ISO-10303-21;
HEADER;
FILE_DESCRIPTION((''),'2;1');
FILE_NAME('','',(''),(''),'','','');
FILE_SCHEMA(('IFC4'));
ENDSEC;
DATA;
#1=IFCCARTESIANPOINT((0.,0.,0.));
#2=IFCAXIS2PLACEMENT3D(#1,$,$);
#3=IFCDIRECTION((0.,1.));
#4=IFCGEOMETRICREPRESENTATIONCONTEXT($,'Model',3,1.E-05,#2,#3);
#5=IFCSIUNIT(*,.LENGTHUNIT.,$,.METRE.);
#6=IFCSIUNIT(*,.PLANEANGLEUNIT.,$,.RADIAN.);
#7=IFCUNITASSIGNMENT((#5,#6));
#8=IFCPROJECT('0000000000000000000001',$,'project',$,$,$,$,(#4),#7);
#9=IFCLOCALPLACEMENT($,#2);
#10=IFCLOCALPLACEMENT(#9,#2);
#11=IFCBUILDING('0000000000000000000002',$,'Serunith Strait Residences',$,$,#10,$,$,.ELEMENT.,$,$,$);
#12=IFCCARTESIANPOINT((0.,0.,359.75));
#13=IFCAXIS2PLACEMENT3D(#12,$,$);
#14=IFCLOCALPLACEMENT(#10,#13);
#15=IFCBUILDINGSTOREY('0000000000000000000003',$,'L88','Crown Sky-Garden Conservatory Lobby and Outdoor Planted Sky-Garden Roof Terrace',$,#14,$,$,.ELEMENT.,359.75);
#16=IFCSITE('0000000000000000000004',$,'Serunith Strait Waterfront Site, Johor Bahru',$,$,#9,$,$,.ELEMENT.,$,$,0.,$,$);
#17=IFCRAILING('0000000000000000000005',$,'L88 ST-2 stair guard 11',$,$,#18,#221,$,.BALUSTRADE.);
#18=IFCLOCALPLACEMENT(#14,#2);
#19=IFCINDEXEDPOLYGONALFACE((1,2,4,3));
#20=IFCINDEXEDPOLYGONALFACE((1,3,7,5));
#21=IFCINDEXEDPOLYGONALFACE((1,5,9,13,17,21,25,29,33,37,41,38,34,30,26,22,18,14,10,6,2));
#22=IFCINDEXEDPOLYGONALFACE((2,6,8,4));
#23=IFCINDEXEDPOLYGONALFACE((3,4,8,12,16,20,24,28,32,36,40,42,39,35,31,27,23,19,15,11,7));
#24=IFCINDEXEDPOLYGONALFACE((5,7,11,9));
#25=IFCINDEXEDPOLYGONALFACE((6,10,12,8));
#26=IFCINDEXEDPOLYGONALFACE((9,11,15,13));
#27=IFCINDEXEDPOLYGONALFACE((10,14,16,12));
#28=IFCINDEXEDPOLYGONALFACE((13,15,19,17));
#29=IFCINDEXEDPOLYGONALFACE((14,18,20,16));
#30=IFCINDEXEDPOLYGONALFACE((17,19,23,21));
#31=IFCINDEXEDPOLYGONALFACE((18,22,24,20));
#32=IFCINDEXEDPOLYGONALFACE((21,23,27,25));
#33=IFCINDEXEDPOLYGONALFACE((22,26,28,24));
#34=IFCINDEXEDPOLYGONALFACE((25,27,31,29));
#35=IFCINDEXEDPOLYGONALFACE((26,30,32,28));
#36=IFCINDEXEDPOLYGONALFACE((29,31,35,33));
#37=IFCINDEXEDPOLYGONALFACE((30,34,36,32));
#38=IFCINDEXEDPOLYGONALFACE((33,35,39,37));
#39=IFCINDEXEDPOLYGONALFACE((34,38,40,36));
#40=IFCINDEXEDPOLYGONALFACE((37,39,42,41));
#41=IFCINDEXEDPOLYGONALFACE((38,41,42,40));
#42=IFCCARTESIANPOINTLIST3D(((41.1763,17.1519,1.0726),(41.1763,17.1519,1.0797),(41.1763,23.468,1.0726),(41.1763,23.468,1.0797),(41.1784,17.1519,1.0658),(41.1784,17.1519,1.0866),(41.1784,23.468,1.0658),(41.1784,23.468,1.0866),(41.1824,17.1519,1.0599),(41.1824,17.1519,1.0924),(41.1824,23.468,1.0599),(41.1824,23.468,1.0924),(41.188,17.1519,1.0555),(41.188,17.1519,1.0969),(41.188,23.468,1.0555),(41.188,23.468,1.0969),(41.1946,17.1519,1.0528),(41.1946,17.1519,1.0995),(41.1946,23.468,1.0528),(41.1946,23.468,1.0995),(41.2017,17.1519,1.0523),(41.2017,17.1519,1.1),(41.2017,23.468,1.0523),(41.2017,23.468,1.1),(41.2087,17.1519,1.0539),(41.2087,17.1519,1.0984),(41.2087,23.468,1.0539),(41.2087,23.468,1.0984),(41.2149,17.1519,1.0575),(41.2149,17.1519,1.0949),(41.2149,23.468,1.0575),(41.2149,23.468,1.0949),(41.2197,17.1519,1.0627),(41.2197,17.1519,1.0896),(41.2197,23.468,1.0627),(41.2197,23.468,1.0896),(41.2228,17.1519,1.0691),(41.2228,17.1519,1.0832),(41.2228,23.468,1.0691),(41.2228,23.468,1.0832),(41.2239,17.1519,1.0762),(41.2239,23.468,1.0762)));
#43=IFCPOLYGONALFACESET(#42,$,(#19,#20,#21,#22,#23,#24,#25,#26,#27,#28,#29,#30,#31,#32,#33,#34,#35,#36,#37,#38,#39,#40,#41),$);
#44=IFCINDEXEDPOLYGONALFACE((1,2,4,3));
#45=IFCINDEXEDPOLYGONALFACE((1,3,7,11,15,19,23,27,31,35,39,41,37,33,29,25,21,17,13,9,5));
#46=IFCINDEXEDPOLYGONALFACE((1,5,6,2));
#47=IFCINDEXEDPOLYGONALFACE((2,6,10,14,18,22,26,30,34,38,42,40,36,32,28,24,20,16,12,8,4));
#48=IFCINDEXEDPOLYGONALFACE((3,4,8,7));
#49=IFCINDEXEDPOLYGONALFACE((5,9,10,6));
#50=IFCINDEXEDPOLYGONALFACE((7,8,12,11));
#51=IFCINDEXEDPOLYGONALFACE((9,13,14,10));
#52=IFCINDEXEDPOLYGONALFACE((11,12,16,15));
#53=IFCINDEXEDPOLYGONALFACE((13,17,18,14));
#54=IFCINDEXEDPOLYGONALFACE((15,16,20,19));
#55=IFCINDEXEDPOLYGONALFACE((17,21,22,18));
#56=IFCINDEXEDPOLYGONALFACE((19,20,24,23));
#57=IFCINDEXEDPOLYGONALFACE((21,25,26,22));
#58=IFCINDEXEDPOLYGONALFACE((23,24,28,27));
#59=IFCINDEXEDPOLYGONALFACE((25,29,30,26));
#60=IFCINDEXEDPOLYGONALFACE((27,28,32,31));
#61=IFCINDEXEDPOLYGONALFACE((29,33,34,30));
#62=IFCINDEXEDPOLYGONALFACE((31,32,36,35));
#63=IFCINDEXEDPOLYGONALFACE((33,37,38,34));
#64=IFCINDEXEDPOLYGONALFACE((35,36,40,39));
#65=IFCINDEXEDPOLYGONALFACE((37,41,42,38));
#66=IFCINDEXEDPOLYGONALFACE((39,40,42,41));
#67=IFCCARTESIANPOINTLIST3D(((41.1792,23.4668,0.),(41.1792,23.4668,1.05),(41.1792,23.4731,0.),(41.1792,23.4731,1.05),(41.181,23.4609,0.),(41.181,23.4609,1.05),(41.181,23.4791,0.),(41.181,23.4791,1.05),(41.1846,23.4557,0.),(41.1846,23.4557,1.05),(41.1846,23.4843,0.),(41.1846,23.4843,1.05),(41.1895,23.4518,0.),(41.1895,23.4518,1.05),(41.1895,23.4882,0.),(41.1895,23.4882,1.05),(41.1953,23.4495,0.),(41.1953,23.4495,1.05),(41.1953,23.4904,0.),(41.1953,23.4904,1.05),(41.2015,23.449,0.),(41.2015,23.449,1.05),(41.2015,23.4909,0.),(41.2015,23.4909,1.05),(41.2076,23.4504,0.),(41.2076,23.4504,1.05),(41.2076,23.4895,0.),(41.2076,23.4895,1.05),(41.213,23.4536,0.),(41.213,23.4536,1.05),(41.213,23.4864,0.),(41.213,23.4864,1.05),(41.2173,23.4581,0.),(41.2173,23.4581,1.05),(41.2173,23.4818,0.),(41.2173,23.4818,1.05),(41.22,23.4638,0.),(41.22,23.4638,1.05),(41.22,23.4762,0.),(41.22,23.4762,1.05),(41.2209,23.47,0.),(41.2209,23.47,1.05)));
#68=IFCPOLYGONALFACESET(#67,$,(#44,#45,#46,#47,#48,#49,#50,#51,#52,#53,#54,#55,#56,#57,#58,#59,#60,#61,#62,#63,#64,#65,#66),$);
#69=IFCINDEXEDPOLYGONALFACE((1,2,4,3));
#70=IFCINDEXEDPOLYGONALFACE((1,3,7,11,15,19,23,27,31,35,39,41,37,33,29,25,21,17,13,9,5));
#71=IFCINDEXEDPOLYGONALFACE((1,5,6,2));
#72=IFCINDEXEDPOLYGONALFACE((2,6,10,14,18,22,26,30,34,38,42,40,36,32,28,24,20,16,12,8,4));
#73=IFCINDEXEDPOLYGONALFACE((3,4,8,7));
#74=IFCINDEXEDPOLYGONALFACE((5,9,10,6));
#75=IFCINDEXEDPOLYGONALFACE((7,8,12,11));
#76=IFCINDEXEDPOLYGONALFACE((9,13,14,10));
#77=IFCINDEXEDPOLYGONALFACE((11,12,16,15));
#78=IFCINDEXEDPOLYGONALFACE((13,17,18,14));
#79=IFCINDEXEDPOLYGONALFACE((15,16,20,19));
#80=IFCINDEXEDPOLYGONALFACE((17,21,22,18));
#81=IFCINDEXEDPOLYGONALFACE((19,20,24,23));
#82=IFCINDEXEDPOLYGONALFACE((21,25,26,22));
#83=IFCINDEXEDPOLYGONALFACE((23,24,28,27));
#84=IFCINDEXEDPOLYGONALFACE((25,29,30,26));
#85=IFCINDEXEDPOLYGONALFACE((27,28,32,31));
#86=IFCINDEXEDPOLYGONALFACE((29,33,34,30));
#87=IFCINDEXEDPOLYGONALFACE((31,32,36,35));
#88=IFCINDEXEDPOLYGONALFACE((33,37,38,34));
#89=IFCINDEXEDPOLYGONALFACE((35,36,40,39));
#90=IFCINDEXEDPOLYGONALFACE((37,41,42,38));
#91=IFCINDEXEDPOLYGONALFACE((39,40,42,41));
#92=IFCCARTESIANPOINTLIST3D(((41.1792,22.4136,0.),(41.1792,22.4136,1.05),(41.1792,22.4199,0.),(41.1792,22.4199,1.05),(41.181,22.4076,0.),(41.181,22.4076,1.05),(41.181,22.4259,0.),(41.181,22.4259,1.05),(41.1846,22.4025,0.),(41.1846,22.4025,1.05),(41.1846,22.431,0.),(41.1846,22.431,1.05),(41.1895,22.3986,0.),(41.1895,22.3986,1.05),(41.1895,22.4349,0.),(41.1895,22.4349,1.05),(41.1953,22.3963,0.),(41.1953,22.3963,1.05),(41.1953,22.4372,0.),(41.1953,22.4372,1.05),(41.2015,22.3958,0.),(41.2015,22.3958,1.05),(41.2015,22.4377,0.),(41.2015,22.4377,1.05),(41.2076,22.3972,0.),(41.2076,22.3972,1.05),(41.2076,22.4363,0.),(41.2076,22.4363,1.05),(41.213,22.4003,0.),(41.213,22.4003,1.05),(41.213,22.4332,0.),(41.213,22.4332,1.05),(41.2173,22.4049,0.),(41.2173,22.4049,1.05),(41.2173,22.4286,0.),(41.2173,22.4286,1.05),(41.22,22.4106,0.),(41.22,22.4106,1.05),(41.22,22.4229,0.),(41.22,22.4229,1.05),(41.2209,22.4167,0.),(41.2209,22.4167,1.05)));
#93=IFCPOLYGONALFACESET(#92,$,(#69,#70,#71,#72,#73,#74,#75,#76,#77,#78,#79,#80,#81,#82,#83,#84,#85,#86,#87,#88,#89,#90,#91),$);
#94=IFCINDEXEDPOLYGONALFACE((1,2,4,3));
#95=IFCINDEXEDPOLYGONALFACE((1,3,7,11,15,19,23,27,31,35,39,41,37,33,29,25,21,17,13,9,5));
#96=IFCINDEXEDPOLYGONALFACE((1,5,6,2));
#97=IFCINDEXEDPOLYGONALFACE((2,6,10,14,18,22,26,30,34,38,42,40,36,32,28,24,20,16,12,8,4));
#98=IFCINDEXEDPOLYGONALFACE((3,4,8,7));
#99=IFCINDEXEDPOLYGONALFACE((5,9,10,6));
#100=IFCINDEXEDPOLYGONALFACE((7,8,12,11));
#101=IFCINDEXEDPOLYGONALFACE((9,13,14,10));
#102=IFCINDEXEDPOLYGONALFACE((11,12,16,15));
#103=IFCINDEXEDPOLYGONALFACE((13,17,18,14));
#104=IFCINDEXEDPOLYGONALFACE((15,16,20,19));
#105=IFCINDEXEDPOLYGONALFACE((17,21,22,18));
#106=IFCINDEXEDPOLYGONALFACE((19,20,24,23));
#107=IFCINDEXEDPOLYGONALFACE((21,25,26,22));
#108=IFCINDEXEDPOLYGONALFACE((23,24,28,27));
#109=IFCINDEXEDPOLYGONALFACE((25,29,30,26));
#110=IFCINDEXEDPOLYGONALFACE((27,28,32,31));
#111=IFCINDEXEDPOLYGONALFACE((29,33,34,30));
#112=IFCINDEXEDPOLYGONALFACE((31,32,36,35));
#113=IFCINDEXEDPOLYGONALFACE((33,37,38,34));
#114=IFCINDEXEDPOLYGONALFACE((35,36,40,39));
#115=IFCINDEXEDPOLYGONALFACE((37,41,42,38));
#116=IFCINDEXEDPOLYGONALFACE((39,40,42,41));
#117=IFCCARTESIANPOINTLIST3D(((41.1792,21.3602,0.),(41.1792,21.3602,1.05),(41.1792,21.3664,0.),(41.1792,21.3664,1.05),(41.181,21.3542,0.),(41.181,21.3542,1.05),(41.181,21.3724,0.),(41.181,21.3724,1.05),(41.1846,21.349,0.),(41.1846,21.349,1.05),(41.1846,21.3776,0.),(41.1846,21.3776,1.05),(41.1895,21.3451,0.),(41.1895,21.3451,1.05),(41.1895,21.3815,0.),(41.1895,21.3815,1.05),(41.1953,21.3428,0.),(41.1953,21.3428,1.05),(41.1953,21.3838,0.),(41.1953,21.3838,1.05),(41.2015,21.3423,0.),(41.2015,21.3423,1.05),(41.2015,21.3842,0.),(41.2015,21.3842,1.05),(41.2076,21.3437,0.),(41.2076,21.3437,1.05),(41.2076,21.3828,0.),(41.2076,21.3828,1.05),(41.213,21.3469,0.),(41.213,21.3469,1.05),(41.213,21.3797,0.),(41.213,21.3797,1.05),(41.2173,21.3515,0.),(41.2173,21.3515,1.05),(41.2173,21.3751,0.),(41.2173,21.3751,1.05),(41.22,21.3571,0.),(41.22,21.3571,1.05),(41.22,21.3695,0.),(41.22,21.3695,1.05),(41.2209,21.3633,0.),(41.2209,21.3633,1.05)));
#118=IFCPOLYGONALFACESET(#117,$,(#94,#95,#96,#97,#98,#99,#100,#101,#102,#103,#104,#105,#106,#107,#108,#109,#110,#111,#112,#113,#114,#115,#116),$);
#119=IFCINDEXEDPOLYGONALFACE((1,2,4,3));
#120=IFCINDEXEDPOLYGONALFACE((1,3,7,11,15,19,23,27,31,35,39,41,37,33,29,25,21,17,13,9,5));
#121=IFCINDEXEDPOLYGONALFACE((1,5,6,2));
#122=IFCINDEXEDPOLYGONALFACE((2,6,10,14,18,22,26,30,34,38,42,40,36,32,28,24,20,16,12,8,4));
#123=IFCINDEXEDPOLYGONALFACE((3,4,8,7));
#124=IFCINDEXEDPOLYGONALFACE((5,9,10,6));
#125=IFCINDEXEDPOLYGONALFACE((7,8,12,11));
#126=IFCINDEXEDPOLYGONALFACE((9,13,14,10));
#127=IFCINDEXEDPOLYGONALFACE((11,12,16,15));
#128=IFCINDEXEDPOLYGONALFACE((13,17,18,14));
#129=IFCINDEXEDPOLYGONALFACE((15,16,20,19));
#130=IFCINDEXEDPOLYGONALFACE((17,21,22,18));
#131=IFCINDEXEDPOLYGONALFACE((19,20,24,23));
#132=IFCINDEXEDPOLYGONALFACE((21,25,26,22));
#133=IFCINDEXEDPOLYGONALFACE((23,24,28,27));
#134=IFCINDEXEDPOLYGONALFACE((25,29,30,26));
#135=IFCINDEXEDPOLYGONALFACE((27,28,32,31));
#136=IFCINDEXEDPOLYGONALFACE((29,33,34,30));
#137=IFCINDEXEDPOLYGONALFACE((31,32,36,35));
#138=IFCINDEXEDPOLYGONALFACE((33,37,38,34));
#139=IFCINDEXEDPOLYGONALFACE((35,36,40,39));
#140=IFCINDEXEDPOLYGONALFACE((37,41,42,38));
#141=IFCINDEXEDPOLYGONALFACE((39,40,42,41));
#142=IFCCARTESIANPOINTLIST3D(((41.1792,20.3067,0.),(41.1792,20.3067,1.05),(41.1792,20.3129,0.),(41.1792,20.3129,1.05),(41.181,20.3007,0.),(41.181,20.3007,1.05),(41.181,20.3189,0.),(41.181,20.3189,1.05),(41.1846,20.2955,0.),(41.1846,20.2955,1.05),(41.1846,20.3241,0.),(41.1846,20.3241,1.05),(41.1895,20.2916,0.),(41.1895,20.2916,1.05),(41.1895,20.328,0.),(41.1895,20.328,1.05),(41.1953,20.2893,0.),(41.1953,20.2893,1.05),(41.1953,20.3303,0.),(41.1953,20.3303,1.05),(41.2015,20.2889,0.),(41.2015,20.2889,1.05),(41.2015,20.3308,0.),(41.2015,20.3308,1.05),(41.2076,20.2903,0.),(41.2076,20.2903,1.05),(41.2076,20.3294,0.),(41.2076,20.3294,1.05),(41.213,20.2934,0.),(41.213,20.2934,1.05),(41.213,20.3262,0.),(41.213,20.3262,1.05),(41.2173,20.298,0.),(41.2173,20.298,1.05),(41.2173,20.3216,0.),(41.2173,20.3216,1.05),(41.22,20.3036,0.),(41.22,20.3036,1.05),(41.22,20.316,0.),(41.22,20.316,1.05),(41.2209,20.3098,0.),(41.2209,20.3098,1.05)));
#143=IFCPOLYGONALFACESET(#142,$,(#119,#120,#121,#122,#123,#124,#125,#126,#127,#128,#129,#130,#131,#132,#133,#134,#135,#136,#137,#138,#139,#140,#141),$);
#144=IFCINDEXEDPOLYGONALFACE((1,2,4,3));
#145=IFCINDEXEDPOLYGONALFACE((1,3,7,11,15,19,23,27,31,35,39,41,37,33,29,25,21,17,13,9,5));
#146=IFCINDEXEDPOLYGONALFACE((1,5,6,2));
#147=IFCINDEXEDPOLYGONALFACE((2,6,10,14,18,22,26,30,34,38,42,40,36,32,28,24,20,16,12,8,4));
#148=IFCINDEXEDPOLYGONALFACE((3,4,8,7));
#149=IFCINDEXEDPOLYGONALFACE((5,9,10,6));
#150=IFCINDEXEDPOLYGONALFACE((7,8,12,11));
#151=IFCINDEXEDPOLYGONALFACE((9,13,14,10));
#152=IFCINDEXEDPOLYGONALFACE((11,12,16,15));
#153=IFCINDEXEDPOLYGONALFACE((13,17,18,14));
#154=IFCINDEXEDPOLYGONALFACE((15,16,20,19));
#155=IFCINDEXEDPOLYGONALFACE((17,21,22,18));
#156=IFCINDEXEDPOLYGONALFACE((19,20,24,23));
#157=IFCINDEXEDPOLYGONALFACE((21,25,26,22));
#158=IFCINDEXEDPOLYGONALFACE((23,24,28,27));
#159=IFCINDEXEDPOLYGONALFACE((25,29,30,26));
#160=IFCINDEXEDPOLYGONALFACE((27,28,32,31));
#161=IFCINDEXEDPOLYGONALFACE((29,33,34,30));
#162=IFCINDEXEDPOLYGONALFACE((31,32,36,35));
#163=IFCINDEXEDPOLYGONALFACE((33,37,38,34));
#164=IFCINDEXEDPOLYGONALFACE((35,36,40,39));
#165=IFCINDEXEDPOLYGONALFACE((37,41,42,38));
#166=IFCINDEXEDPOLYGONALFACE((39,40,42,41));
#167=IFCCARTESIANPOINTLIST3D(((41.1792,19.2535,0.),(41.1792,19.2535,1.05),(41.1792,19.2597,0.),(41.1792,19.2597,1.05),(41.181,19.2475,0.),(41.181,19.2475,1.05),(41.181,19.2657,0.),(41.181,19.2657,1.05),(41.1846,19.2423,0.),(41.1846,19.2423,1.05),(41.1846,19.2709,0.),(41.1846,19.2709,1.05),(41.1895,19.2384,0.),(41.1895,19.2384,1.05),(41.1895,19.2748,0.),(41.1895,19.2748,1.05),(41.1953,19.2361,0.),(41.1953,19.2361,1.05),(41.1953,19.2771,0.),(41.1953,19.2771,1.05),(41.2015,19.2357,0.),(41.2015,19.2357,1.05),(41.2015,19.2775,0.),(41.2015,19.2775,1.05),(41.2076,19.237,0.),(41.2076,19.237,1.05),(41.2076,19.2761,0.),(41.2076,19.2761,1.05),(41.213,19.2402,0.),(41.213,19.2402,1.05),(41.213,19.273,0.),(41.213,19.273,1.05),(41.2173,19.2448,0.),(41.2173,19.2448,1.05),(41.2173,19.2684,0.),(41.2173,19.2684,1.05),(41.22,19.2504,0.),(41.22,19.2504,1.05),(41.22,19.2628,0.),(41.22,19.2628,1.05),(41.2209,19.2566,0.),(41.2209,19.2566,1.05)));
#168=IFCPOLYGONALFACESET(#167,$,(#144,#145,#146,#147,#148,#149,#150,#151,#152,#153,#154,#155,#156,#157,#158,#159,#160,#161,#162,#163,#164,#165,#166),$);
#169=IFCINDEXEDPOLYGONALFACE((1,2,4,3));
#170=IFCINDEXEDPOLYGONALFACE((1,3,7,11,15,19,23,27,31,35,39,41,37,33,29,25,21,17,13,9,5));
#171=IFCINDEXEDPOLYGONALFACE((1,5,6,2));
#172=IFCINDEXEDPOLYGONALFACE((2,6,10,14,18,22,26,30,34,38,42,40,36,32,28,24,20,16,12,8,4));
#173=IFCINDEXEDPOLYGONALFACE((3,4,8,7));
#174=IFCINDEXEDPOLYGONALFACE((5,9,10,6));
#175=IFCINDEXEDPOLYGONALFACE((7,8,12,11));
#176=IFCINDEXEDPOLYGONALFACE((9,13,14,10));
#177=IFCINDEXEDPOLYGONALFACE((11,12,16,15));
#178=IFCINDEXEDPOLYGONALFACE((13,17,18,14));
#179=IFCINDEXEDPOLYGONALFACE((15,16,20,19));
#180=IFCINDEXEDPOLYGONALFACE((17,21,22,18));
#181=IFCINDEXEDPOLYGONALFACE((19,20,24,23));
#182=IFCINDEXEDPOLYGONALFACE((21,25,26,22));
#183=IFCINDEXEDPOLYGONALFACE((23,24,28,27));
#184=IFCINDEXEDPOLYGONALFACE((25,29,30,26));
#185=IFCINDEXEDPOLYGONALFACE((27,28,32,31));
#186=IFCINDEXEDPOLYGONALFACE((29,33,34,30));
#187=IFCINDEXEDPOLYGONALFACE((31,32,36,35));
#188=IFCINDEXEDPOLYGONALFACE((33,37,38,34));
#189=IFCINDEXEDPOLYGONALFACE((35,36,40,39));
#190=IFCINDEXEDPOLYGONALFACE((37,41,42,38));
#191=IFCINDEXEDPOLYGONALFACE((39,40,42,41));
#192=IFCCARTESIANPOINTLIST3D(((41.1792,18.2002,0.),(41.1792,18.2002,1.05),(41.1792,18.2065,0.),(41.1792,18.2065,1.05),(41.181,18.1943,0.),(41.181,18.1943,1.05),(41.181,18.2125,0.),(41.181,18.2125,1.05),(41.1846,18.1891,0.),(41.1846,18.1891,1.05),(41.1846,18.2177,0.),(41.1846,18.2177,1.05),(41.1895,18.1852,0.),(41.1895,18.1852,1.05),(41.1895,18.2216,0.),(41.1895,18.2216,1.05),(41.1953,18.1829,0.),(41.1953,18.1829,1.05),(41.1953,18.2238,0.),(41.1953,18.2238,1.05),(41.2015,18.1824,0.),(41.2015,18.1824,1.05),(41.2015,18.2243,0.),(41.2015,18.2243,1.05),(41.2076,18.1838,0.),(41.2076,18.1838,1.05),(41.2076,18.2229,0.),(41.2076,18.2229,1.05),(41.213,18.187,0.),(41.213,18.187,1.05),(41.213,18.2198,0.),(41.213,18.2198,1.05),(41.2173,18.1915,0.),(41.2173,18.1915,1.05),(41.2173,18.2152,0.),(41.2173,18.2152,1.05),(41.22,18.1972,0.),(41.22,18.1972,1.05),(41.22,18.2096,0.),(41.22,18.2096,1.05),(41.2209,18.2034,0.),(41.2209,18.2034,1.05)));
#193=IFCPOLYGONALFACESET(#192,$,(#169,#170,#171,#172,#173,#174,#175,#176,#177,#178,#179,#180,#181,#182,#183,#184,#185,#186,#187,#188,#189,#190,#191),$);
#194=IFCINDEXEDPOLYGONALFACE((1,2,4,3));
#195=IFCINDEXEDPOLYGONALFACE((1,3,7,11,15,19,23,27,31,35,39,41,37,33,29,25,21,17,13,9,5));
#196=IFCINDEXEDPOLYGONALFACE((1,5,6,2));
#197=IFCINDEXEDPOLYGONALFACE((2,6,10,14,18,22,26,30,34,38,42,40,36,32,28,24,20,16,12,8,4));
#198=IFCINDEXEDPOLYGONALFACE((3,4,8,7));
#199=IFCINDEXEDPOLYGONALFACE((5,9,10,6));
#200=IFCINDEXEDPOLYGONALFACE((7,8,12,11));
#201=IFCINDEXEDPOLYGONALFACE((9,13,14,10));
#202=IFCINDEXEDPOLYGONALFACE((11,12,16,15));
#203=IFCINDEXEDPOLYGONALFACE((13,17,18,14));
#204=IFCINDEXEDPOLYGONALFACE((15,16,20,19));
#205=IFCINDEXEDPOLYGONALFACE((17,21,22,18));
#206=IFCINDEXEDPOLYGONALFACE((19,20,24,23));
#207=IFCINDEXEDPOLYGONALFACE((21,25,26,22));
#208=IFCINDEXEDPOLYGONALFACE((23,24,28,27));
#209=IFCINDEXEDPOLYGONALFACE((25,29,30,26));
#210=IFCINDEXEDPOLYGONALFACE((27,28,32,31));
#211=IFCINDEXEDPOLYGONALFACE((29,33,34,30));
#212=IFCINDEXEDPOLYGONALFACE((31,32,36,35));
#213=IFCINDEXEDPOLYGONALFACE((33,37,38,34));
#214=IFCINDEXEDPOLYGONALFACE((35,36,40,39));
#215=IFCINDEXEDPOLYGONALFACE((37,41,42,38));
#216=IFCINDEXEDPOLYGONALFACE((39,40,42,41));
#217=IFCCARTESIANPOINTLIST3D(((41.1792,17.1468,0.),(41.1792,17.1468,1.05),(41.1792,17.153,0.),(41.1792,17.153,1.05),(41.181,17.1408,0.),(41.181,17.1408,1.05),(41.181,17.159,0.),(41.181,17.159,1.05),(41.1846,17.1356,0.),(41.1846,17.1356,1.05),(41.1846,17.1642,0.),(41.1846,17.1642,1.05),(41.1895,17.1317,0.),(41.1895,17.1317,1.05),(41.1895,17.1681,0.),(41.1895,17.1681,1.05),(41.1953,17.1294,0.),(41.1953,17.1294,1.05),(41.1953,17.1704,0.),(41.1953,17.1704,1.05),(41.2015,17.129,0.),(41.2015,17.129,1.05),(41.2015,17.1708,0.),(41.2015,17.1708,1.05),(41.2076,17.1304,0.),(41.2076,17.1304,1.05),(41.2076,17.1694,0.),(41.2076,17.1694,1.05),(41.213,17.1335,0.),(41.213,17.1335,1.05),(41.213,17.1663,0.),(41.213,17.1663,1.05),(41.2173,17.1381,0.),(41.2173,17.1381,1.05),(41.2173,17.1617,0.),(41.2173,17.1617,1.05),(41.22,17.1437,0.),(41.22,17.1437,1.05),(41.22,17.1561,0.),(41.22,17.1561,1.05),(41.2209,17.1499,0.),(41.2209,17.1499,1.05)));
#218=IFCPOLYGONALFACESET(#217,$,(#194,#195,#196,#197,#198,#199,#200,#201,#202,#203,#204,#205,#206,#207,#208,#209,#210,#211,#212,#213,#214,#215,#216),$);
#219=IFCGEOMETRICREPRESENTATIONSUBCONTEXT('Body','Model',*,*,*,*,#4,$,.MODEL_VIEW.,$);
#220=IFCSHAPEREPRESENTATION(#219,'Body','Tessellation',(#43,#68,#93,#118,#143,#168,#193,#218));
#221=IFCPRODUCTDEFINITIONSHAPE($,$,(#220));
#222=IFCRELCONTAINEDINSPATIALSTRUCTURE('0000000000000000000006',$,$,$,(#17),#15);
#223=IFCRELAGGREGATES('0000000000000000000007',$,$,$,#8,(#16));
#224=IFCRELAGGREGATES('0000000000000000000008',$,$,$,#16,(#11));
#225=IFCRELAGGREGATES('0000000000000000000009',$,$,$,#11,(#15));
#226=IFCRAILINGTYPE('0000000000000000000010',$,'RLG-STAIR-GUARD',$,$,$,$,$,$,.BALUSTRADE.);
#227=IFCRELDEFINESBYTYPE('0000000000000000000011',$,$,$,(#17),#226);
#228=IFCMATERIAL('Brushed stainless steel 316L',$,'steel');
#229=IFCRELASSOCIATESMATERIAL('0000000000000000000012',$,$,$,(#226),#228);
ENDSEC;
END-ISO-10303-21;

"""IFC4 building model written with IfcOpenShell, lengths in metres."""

from ifc_helpers import new_model, si_unit, direction, frame, origin, origin_2d, place, context, subcontext, project, spatial, circle, extrude, material, type_object, element, save


model = new_model("IFC4")

# Units and contexts
model_context = context("Model", 3, precision=1e-05, world=origin(), true_north=direction((0.0, 1.0)))
body_context = subcontext(model_context, "Body", "Model", "MODEL_VIEW")
ifc_project = project(units=[si_unit("LENGTHUNIT", "METRE"), si_unit("PLANEANGLEUNIT", "RADIAN")], contexts=[model_context])

# Site, building, storey
site_placement = place(None, origin())
site = spatial("IfcSite", under=ifc_project, at=site_placement, Name="Serunith Strait Waterfront Site, Johor Bahru", CompositionType="ELEMENT", RefElevation=0.0)
building_placement = place(site_placement, origin())
building = spatial("IfcBuilding", under=site, at=building_placement, Name="Serunith Strait Residences", CompositionType="ELEMENT")
storey_placement = place(building_placement, frame((0.0, 0.0, 359.75)))
storey = spatial("IfcBuildingStorey", under=building, at=storey_placement, Name="L88", Description="Crown Sky-Garden Conservatory Lobby and Outdoor Planted Sky-Garden Roof Terrace", CompositionType="ELEMENT", Elevation=359.75)

# Railing
ifc_material_1 = material(Name="Brushed stainless steel 316L", Category="steel")
railing_type_1 = type_object("IfcRailingType", Name="RLG-STAIR-GUARD", PredefinedType="BALUSTRADE", material=ifc_material_1)
railing_1_placement = place(storey_placement, frame((41.2, 23.47, 0.0)))
element("IfcRailing", 1, at=railing_1_placement, inside=storey, type_object=railing_type_1, Name="L88 ST-2 stair guard 11", PredefinedType="BALUSTRADE", context=body_context, shape_type="SweptSolid", body=[
    extrude(circle(Radius=0.0239, at=origin_2d()), frame((0.0, -0.002, 1.0762), z_axis=(0.0, -1.0, 0.0), x_axis=(1.0, 0.0, 0.0)), (0.0, 0.0, 1.0), 6.3162),
    extrude(circle(Radius=0.021, at=origin_2d()), origin(), (0.0, 0.0, 1.0), 1.05),
    extrude(circle(Radius=0.021, at=origin_2d()), frame((0.0, -1.0532, 0.0)), (0.0, 0.0, 1.0), 1.05),
    extrude(circle(Radius=0.021, at=origin_2d()), frame((0.0, -2.1067, 0.0)), (0.0, 0.0, 1.0), 1.05),
    extrude(circle(Radius=0.021, at=origin_2d()), frame((0.0, -3.1602, 0.0)), (0.0, 0.0, 1.0), 1.05),
    extrude(circle(Radius=0.021, at=origin_2d()), frame((0.0, -4.2134, 0.0)), (0.0, 0.0, 1.0), 1.05),
    extrude(circle(Radius=0.021, at=origin_2d()), frame((0.0, -5.2666, 0.0)), (0.0, 0.0, 1.0), 1.05),
    extrude(circle(Radius=0.021, at=origin_2d()), frame((0.0, -6.3201, 0.0)), (0.0, 0.0, 1.0), 1.05),
])

save(model, "model.ifc")
